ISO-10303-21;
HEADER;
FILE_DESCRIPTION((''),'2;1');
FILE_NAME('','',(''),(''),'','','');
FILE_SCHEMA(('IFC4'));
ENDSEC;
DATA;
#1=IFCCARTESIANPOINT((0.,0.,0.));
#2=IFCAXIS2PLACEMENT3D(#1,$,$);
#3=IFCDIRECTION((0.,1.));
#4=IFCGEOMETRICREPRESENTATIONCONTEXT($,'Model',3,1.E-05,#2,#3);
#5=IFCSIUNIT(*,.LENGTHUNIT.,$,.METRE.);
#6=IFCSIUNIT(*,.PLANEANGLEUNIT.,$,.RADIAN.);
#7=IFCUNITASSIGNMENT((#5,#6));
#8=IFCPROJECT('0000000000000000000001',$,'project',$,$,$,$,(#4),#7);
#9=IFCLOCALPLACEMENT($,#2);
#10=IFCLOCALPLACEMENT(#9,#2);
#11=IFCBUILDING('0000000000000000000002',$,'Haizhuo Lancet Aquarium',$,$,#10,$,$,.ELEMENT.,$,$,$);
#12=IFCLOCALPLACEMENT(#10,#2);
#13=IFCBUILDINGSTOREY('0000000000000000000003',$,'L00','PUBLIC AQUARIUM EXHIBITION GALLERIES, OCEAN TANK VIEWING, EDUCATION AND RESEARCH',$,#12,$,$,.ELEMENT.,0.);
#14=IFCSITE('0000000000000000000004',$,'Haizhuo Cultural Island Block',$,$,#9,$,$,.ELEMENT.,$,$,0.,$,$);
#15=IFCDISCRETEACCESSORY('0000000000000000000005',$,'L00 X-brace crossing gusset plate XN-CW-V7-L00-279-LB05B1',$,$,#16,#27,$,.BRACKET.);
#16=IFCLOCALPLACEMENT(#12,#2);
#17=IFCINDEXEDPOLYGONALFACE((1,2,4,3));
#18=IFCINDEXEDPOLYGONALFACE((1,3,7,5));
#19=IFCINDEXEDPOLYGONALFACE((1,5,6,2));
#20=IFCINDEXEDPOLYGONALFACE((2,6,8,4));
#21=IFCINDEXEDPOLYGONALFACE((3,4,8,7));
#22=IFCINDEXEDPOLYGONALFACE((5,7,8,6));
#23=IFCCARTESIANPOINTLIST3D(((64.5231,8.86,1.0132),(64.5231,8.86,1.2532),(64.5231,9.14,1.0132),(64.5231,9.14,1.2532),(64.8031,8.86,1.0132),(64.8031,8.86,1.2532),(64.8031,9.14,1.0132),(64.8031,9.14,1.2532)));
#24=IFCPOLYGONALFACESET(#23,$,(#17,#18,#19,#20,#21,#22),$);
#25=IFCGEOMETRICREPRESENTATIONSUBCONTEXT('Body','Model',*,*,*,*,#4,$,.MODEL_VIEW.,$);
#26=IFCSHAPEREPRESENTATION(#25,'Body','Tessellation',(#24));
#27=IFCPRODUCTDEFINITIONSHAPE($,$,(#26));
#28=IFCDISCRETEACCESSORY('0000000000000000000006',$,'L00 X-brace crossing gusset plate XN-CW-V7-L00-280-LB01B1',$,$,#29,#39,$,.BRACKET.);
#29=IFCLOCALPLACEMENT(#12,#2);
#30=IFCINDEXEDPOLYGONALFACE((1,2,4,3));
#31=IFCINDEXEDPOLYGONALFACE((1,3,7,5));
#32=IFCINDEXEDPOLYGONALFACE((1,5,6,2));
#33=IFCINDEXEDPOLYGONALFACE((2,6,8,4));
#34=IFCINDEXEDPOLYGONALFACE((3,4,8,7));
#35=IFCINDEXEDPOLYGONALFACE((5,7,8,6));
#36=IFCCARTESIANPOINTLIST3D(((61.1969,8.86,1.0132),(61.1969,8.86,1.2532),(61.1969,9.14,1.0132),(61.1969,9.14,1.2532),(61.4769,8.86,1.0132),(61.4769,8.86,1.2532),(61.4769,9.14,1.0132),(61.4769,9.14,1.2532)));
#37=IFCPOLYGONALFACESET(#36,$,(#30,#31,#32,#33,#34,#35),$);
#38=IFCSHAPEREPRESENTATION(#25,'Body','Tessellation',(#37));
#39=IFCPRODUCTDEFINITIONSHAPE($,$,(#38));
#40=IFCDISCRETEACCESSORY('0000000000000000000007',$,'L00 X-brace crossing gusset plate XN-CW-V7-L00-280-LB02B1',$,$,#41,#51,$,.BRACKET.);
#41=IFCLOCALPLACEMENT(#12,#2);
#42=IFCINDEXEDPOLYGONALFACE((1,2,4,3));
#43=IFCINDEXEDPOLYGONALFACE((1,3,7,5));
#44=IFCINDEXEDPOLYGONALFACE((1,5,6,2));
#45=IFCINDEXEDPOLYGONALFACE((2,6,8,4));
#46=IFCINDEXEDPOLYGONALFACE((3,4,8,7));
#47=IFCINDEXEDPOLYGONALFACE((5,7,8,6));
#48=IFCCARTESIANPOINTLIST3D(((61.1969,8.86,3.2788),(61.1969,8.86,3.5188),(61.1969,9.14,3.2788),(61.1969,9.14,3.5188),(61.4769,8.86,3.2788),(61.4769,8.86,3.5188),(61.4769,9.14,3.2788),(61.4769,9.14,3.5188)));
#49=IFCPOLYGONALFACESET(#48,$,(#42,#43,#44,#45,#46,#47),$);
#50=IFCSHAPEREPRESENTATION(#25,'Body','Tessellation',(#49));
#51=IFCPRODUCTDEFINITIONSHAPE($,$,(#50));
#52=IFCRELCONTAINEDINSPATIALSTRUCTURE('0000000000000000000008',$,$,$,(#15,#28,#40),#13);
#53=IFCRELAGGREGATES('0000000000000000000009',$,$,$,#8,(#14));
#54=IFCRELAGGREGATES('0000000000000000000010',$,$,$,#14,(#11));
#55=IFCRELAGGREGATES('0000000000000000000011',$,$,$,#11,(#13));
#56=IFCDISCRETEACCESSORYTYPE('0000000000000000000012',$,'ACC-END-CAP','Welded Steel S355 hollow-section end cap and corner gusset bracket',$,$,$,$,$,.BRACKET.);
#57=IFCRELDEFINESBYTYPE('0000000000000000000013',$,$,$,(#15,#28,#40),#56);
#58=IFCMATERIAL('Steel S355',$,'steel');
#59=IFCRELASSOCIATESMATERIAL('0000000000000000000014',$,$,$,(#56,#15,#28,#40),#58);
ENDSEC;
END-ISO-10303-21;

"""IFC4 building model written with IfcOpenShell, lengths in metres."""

from ifc_helpers import new_model, si_unit, direction, frame, origin, origin_2d, place, context, subcontext, project, spatial, rectangle, extrude, material, type_object, element, save


model = new_model("IFC4")

# Units and contexts
model_context = context("Model", 3, precision=1e-05, world=origin(), true_north=direction((0.0, 1.0)))
body_context = subcontext(model_context, "Body", "Model", "MODEL_VIEW")
ifc_project = project(units=[si_unit("LENGTHUNIT", "METRE"), si_unit("PLANEANGLEUNIT", "RADIAN")], contexts=[model_context])

# Site, building, storey
site_placement = place(None, origin())
site = spatial("IfcSite", under=ifc_project, at=site_placement, Name="Haizhuo Cultural Island Block", CompositionType="ELEMENT", RefElevation=0.0)
building_placement = place(site_placement, origin())
building = spatial("IfcBuilding", under=site, at=building_placement, Name="Haizhuo Lancet Aquarium", CompositionType="ELEMENT")
storey_placement = place(building_placement, origin())
storey = spatial("IfcBuildingStorey", under=building, at=storey_placement, Name="L00", Description="PUBLIC AQUARIUM EXHIBITION GALLERIES, OCEAN TANK VIEWING, EDUCATION AND RESEARCH", CompositionType="ELEMENT", Elevation=0.0)

# Shared definitions
ifc_material_1 = material(Name="Steel S355", Category="steel")

# Discrete accessories
discrete_accessory_type = type_object("IfcDiscreteAccessoryType", Name="ACC-END-CAP", Description="Welded Steel S355 hollow-section end cap and corner gusset bracket", PredefinedType="BRACKET", material=ifc_material_1)
for number, where, z_axis, x_axis, name in (
    (1, (64.6631, 9.0, 1.0132), (0.0, 0.0, 1.0), (1.0, 0.0, 0.0), "L00 X-brace crossing gusset plate XN-CW-V7-L00-279-LB05B1"),
    (2, (61.3369, 9.0, 1.0132), (0.0, 0.0, 1.0), (1.0, 0.0, 0.0), "L00 X-brace crossing gusset plate XN-CW-V7-L00-280-LB01B1"),
    (3, (61.3369, 9.0, 3.2788), (0.0, 0.0, 1.0), (1.0, 0.0, 0.0), "L00 X-brace crossing gusset plate XN-CW-V7-L00-280-LB02B1"),
):
    element("IfcDiscreteAccessory", number, at=place(storey_placement, frame(where, z_axis=z_axis, x_axis=x_axis)), inside=storey, type_object=discrete_accessory_type, material=ifc_material_1, Name=name, PredefinedType="BRACKET", context=body_context, shape_type="SweptSolid", body=[
        extrude(rectangle(XDim=0.28, YDim=0.28, at=origin_2d()), origin(), (0.0, 0.0, 1.0), 0.24),
    ])

save(model, "model.ifc")
